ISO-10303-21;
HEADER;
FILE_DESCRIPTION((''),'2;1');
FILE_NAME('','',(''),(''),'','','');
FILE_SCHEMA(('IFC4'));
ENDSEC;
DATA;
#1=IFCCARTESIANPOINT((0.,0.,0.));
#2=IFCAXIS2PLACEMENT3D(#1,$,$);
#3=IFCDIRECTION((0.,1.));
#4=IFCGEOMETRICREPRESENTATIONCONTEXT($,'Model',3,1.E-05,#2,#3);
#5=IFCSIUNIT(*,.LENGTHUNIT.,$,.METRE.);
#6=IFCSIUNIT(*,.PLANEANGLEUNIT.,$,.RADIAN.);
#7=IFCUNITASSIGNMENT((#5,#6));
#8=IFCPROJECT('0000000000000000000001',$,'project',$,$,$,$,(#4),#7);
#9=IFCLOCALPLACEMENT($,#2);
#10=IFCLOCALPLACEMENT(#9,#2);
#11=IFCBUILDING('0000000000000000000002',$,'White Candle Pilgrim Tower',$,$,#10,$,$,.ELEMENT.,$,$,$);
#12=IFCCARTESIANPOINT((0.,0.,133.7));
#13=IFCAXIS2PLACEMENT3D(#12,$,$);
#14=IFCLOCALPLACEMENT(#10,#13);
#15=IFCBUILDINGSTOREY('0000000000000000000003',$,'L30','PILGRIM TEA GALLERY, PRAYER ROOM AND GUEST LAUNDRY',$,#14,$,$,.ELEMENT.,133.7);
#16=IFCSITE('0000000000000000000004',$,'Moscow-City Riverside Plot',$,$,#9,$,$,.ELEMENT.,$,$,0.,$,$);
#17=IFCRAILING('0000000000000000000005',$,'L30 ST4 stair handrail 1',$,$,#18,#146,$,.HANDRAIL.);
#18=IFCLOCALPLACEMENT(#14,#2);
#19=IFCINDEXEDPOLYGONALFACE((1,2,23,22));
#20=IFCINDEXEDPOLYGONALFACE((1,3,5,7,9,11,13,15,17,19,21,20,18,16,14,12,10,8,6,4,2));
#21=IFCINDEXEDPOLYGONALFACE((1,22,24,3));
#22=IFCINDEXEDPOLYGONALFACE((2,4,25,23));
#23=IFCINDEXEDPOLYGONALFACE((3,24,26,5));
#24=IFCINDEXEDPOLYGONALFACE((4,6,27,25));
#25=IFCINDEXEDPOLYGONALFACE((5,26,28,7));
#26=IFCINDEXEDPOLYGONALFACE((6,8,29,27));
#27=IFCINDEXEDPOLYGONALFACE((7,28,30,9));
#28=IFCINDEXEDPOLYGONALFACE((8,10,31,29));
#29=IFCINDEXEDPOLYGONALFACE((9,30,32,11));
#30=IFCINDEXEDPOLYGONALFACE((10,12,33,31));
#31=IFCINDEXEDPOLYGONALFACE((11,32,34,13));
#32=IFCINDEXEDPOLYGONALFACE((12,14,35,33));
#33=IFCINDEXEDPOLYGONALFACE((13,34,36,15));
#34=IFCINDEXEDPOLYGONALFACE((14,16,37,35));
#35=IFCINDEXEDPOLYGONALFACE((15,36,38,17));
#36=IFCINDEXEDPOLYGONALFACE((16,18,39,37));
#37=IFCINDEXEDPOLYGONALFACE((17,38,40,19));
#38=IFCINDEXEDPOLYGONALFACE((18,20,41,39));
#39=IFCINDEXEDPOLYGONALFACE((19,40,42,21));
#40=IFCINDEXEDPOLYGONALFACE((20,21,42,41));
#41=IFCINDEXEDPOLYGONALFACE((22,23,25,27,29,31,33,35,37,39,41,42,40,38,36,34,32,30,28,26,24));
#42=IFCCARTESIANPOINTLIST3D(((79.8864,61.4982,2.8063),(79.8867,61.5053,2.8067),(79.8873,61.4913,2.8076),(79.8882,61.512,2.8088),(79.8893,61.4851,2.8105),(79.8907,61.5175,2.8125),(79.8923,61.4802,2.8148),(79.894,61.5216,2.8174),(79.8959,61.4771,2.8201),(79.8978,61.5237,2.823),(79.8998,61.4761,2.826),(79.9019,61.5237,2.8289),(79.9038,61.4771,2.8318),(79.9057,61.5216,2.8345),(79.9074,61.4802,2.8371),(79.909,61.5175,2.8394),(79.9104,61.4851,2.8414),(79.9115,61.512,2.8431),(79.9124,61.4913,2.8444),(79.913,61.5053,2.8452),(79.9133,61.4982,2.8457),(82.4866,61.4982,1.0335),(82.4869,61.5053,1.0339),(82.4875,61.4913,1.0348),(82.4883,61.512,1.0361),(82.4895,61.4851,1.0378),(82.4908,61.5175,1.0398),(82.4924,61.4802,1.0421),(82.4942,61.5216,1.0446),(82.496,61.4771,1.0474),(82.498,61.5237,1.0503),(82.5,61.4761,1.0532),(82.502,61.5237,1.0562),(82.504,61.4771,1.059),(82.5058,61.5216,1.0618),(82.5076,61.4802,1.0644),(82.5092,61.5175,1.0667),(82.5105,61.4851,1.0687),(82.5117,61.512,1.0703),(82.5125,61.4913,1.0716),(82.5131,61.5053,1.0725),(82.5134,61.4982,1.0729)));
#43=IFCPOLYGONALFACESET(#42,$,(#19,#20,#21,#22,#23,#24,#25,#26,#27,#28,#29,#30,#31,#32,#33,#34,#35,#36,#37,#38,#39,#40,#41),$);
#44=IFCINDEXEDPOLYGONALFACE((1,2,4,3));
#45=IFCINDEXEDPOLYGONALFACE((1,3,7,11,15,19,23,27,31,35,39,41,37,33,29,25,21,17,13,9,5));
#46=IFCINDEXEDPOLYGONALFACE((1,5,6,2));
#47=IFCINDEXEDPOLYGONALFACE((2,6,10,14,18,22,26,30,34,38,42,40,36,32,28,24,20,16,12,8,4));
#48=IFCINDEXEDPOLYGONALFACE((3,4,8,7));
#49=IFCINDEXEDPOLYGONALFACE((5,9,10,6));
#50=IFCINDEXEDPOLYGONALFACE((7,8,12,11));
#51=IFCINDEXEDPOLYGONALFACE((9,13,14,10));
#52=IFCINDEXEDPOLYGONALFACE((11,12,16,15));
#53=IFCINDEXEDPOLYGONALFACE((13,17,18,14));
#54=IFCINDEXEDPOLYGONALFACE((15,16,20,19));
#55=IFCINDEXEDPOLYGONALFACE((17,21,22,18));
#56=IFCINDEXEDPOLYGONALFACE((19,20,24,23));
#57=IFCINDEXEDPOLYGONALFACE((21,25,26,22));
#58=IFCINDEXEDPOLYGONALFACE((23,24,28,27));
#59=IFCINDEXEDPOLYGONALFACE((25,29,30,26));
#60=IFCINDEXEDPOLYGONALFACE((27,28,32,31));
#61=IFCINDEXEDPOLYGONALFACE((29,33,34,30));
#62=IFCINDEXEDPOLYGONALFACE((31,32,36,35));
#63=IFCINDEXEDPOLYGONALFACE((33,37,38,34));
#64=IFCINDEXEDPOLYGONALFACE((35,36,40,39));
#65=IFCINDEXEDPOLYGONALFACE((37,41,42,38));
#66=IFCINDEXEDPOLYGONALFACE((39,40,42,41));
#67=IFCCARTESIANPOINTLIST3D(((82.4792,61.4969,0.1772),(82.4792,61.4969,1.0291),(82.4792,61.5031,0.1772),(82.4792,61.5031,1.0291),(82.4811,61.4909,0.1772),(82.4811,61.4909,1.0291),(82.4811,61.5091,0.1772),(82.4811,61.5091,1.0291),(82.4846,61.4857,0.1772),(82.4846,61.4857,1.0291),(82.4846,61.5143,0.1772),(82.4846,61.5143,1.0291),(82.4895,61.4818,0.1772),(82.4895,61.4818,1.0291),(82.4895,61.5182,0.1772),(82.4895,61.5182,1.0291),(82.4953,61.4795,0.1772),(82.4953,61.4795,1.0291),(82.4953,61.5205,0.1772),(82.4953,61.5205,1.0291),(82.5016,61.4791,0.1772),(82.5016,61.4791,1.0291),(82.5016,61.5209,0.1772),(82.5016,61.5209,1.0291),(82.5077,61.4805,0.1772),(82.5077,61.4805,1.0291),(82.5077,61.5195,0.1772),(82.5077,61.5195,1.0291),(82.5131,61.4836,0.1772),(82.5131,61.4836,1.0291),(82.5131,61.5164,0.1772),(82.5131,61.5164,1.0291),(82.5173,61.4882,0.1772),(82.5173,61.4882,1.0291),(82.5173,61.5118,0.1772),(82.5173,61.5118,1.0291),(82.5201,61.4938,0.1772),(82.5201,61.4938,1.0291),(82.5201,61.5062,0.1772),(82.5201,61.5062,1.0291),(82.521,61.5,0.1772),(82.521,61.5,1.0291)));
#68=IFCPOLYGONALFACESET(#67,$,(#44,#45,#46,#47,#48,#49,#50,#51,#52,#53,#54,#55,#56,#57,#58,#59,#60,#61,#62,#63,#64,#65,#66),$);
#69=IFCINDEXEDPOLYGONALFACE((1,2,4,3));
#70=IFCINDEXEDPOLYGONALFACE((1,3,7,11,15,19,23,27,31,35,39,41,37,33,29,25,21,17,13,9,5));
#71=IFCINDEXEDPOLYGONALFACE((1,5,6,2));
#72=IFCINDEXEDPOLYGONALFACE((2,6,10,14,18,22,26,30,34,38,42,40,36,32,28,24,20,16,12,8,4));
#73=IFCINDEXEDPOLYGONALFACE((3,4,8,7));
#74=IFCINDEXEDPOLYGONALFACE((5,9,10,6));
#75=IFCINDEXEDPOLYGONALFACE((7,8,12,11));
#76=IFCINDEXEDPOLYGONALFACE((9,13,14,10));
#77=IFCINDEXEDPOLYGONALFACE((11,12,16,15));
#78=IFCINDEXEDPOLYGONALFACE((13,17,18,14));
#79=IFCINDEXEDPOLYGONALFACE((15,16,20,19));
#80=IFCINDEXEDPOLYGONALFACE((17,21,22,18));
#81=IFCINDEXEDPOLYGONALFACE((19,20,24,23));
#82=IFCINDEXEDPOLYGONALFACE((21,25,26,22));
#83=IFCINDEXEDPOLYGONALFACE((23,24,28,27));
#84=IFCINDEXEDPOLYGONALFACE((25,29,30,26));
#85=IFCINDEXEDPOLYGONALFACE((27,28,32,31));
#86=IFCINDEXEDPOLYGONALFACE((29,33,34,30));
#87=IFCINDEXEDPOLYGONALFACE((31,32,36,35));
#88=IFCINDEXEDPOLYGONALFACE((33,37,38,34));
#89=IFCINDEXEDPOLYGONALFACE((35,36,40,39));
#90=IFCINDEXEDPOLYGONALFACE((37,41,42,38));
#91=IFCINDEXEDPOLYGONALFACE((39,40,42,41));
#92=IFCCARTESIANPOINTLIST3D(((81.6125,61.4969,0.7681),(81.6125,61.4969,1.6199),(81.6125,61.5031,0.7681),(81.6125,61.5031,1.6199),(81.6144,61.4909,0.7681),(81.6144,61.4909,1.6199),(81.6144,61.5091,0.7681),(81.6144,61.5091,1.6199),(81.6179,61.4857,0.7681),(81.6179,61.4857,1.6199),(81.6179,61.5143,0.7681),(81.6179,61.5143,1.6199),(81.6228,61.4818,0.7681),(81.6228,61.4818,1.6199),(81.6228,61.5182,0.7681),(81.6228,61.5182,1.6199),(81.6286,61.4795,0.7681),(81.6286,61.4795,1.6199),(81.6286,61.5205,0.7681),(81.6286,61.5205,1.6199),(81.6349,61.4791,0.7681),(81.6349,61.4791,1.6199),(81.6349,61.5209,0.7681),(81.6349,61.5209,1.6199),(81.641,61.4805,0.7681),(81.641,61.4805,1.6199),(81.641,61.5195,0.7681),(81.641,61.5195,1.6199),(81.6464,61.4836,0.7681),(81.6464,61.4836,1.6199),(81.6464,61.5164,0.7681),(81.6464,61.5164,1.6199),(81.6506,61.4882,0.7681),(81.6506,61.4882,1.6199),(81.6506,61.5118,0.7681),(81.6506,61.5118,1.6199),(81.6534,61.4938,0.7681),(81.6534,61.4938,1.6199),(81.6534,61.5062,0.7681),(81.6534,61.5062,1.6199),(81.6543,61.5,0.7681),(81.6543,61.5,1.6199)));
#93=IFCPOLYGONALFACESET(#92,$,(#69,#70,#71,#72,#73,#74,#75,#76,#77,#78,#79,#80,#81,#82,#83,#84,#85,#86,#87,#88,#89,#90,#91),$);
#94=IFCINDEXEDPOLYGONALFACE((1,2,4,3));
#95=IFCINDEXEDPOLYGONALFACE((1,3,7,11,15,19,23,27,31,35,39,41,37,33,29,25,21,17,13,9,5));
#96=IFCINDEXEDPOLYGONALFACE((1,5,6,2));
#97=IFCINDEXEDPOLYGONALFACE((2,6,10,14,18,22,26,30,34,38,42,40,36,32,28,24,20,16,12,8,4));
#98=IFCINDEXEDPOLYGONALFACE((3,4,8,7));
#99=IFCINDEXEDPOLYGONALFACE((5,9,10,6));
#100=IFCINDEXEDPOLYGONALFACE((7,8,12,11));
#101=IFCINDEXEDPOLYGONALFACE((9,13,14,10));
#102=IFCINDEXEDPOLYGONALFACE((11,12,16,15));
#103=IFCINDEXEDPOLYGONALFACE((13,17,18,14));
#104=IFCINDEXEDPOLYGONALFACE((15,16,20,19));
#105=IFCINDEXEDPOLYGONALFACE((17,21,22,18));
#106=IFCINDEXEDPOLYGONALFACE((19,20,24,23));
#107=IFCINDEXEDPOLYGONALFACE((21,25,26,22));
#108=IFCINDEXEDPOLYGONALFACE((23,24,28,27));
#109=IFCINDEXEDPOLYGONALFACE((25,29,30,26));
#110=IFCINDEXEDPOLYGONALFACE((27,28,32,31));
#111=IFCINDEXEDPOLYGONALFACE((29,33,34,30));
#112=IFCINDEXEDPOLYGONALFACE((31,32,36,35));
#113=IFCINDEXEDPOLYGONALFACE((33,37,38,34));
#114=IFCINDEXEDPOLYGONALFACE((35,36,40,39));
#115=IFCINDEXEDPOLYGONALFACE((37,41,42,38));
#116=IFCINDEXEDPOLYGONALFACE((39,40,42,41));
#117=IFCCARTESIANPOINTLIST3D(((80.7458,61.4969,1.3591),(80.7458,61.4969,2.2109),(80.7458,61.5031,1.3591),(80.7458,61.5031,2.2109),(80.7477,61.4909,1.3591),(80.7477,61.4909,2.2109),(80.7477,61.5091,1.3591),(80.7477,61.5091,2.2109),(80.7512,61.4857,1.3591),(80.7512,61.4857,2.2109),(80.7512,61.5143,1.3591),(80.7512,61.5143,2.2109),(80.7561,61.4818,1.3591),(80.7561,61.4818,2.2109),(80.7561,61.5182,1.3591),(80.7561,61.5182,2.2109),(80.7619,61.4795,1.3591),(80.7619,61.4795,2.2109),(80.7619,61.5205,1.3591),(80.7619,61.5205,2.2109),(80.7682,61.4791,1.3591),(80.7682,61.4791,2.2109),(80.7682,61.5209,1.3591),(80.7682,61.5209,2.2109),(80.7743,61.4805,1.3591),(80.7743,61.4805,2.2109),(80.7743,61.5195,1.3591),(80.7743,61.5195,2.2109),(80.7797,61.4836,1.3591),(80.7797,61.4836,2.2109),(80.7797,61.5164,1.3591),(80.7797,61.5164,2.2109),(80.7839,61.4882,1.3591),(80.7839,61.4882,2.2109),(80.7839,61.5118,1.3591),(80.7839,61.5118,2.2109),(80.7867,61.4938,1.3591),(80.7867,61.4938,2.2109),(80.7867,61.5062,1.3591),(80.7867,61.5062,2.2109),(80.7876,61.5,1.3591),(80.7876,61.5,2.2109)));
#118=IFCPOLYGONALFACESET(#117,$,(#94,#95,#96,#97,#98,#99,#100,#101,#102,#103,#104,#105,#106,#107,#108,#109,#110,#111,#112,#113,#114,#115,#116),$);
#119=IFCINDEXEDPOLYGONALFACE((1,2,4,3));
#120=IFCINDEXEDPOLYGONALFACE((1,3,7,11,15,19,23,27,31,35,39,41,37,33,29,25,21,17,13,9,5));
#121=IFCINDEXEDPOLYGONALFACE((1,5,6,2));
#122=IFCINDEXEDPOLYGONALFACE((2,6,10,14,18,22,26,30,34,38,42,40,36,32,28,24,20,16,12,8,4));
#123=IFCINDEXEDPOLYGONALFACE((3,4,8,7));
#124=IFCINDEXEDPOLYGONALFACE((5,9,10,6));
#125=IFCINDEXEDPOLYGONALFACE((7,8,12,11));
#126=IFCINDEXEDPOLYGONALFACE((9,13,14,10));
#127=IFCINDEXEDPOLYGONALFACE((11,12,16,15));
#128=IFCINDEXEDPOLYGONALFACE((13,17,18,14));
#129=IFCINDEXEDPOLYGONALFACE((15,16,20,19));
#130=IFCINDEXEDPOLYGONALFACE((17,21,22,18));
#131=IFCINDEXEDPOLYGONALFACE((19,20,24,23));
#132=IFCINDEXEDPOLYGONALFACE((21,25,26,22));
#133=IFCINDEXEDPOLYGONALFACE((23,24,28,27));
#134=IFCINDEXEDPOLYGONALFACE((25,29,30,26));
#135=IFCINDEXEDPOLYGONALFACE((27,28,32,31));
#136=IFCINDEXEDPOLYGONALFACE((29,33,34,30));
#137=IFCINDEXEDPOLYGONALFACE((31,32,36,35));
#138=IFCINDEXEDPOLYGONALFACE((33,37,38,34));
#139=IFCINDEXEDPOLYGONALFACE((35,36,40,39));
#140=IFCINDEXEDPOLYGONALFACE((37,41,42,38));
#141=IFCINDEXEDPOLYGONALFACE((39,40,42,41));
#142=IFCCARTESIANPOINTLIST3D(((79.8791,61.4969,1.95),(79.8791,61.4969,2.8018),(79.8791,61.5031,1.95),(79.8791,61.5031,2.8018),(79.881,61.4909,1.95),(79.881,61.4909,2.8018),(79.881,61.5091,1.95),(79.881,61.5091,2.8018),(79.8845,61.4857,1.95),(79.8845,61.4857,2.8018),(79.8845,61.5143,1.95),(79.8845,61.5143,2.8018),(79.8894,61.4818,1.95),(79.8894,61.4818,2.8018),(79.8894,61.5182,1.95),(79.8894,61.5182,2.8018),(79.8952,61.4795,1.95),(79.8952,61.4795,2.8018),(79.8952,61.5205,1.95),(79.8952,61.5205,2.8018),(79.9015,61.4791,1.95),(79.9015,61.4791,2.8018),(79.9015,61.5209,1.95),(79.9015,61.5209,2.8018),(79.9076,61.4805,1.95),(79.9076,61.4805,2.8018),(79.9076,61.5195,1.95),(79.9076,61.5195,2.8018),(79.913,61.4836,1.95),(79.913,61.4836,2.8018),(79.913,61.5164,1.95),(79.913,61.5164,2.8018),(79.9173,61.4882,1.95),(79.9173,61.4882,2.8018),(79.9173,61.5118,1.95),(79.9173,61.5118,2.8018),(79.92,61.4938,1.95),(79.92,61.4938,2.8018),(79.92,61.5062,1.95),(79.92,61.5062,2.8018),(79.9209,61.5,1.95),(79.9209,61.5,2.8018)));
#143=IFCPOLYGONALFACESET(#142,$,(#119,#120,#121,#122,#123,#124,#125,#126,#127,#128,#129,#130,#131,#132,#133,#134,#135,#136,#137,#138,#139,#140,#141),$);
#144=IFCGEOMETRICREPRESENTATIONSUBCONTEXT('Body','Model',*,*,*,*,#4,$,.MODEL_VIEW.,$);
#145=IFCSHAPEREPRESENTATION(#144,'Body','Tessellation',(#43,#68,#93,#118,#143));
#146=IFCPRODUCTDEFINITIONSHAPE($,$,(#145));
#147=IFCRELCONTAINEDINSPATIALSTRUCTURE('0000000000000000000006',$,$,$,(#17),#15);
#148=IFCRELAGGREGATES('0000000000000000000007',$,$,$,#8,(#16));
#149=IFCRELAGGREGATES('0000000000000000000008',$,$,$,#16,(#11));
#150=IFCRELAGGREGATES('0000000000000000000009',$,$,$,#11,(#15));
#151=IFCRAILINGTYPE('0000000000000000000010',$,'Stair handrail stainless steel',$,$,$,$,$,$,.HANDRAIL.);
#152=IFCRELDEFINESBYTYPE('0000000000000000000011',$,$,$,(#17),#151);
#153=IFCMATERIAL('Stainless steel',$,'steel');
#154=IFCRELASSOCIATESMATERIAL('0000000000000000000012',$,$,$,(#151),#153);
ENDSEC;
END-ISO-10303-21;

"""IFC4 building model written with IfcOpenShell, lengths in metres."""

from ifc_helpers import new_model, si_unit, direction, frame, origin, origin_2d, place, context, subcontext, project, spatial, circle, extrude, material, type_object, element, save


model = new_model("IFC4")

# Units and contexts
model_context = context("Model", 3, precision=1e-05, world=origin(), true_north=direction((0.0, 1.0)))
body_context = subcontext(model_context, "Body", "Model", "MODEL_VIEW")
ifc_project = project(units=[si_unit("LENGTHUNIT", "METRE"), si_unit("PLANEANGLEUNIT", "RADIAN")], contexts=[model_context])

# Site, building, storey
site_placement = place(None, origin())
site = spatial("IfcSite", under=ifc_project, at=site_placement, Name="Moscow-City Riverside Plot", CompositionType="ELEMENT", RefElevation=0.0)
building_placement = place(site_placement, origin())
building = spatial("IfcBuilding", under=site, at=building_placement, Name="White Candle Pilgrim Tower", CompositionType="ELEMENT")
storey_placement = place(building_placement, frame((0.0, 0.0, 133.7)))
storey = spatial("IfcBuildingStorey", under=building, at=storey_placement, Name="L30", Description="PILGRIM TEA GALLERY, PRAYER ROOM AND GUEST LAUNDRY", CompositionType="ELEMENT", Elevation=133.7)

# Railing
ifc_material_1 = material(Name="Stainless steel", Category="steel")
railing_type_1 = type_object("IfcRailingType", Name="Stair handrail stainless steel", PredefinedType="HANDRAIL", material=ifc_material_1)
railing_1_placement = place(storey_placement, frame((82.5, 61.5, 0.1772)))
element("IfcRailing", 1, at=railing_1_placement, inside=storey, type_object=railing_type_1, Name="L30 ST4 stair handrail 1", PredefinedType="HANDRAIL", context=body_context, shape_type="SweptSolid", body=[
    extrude(circle(Radius=0.0239, at=origin_2d()), frame((0.0, 0.0, 0.876), z_axis=(-0.82624, 0.0, 0.563318), x_axis=(0.0, -1.0, 0.0)), (0.0, 0.0, 1.0), 3.147),
    extrude(circle(Radius=0.021, at=origin_2d()), origin(), (0.0, 0.0, 1.0), 0.8518),
    extrude(circle(Radius=0.021, at=origin_2d()), frame((-0.8667, 0.0, 0.5908)), (0.0, 0.0, 1.0), 0.8518),
    extrude(circle(Radius=0.021, at=origin_2d()), frame((-1.7334, 0.0, 1.1819)), (0.0, 0.0, 1.0), 0.8518),
    extrude(circle(Radius=0.021, at=origin_2d()), frame((-2.6001, 0.0, 1.7727)), (0.0, 0.0, 1.0), 0.8518),
])

save(model, "model.ifc")
